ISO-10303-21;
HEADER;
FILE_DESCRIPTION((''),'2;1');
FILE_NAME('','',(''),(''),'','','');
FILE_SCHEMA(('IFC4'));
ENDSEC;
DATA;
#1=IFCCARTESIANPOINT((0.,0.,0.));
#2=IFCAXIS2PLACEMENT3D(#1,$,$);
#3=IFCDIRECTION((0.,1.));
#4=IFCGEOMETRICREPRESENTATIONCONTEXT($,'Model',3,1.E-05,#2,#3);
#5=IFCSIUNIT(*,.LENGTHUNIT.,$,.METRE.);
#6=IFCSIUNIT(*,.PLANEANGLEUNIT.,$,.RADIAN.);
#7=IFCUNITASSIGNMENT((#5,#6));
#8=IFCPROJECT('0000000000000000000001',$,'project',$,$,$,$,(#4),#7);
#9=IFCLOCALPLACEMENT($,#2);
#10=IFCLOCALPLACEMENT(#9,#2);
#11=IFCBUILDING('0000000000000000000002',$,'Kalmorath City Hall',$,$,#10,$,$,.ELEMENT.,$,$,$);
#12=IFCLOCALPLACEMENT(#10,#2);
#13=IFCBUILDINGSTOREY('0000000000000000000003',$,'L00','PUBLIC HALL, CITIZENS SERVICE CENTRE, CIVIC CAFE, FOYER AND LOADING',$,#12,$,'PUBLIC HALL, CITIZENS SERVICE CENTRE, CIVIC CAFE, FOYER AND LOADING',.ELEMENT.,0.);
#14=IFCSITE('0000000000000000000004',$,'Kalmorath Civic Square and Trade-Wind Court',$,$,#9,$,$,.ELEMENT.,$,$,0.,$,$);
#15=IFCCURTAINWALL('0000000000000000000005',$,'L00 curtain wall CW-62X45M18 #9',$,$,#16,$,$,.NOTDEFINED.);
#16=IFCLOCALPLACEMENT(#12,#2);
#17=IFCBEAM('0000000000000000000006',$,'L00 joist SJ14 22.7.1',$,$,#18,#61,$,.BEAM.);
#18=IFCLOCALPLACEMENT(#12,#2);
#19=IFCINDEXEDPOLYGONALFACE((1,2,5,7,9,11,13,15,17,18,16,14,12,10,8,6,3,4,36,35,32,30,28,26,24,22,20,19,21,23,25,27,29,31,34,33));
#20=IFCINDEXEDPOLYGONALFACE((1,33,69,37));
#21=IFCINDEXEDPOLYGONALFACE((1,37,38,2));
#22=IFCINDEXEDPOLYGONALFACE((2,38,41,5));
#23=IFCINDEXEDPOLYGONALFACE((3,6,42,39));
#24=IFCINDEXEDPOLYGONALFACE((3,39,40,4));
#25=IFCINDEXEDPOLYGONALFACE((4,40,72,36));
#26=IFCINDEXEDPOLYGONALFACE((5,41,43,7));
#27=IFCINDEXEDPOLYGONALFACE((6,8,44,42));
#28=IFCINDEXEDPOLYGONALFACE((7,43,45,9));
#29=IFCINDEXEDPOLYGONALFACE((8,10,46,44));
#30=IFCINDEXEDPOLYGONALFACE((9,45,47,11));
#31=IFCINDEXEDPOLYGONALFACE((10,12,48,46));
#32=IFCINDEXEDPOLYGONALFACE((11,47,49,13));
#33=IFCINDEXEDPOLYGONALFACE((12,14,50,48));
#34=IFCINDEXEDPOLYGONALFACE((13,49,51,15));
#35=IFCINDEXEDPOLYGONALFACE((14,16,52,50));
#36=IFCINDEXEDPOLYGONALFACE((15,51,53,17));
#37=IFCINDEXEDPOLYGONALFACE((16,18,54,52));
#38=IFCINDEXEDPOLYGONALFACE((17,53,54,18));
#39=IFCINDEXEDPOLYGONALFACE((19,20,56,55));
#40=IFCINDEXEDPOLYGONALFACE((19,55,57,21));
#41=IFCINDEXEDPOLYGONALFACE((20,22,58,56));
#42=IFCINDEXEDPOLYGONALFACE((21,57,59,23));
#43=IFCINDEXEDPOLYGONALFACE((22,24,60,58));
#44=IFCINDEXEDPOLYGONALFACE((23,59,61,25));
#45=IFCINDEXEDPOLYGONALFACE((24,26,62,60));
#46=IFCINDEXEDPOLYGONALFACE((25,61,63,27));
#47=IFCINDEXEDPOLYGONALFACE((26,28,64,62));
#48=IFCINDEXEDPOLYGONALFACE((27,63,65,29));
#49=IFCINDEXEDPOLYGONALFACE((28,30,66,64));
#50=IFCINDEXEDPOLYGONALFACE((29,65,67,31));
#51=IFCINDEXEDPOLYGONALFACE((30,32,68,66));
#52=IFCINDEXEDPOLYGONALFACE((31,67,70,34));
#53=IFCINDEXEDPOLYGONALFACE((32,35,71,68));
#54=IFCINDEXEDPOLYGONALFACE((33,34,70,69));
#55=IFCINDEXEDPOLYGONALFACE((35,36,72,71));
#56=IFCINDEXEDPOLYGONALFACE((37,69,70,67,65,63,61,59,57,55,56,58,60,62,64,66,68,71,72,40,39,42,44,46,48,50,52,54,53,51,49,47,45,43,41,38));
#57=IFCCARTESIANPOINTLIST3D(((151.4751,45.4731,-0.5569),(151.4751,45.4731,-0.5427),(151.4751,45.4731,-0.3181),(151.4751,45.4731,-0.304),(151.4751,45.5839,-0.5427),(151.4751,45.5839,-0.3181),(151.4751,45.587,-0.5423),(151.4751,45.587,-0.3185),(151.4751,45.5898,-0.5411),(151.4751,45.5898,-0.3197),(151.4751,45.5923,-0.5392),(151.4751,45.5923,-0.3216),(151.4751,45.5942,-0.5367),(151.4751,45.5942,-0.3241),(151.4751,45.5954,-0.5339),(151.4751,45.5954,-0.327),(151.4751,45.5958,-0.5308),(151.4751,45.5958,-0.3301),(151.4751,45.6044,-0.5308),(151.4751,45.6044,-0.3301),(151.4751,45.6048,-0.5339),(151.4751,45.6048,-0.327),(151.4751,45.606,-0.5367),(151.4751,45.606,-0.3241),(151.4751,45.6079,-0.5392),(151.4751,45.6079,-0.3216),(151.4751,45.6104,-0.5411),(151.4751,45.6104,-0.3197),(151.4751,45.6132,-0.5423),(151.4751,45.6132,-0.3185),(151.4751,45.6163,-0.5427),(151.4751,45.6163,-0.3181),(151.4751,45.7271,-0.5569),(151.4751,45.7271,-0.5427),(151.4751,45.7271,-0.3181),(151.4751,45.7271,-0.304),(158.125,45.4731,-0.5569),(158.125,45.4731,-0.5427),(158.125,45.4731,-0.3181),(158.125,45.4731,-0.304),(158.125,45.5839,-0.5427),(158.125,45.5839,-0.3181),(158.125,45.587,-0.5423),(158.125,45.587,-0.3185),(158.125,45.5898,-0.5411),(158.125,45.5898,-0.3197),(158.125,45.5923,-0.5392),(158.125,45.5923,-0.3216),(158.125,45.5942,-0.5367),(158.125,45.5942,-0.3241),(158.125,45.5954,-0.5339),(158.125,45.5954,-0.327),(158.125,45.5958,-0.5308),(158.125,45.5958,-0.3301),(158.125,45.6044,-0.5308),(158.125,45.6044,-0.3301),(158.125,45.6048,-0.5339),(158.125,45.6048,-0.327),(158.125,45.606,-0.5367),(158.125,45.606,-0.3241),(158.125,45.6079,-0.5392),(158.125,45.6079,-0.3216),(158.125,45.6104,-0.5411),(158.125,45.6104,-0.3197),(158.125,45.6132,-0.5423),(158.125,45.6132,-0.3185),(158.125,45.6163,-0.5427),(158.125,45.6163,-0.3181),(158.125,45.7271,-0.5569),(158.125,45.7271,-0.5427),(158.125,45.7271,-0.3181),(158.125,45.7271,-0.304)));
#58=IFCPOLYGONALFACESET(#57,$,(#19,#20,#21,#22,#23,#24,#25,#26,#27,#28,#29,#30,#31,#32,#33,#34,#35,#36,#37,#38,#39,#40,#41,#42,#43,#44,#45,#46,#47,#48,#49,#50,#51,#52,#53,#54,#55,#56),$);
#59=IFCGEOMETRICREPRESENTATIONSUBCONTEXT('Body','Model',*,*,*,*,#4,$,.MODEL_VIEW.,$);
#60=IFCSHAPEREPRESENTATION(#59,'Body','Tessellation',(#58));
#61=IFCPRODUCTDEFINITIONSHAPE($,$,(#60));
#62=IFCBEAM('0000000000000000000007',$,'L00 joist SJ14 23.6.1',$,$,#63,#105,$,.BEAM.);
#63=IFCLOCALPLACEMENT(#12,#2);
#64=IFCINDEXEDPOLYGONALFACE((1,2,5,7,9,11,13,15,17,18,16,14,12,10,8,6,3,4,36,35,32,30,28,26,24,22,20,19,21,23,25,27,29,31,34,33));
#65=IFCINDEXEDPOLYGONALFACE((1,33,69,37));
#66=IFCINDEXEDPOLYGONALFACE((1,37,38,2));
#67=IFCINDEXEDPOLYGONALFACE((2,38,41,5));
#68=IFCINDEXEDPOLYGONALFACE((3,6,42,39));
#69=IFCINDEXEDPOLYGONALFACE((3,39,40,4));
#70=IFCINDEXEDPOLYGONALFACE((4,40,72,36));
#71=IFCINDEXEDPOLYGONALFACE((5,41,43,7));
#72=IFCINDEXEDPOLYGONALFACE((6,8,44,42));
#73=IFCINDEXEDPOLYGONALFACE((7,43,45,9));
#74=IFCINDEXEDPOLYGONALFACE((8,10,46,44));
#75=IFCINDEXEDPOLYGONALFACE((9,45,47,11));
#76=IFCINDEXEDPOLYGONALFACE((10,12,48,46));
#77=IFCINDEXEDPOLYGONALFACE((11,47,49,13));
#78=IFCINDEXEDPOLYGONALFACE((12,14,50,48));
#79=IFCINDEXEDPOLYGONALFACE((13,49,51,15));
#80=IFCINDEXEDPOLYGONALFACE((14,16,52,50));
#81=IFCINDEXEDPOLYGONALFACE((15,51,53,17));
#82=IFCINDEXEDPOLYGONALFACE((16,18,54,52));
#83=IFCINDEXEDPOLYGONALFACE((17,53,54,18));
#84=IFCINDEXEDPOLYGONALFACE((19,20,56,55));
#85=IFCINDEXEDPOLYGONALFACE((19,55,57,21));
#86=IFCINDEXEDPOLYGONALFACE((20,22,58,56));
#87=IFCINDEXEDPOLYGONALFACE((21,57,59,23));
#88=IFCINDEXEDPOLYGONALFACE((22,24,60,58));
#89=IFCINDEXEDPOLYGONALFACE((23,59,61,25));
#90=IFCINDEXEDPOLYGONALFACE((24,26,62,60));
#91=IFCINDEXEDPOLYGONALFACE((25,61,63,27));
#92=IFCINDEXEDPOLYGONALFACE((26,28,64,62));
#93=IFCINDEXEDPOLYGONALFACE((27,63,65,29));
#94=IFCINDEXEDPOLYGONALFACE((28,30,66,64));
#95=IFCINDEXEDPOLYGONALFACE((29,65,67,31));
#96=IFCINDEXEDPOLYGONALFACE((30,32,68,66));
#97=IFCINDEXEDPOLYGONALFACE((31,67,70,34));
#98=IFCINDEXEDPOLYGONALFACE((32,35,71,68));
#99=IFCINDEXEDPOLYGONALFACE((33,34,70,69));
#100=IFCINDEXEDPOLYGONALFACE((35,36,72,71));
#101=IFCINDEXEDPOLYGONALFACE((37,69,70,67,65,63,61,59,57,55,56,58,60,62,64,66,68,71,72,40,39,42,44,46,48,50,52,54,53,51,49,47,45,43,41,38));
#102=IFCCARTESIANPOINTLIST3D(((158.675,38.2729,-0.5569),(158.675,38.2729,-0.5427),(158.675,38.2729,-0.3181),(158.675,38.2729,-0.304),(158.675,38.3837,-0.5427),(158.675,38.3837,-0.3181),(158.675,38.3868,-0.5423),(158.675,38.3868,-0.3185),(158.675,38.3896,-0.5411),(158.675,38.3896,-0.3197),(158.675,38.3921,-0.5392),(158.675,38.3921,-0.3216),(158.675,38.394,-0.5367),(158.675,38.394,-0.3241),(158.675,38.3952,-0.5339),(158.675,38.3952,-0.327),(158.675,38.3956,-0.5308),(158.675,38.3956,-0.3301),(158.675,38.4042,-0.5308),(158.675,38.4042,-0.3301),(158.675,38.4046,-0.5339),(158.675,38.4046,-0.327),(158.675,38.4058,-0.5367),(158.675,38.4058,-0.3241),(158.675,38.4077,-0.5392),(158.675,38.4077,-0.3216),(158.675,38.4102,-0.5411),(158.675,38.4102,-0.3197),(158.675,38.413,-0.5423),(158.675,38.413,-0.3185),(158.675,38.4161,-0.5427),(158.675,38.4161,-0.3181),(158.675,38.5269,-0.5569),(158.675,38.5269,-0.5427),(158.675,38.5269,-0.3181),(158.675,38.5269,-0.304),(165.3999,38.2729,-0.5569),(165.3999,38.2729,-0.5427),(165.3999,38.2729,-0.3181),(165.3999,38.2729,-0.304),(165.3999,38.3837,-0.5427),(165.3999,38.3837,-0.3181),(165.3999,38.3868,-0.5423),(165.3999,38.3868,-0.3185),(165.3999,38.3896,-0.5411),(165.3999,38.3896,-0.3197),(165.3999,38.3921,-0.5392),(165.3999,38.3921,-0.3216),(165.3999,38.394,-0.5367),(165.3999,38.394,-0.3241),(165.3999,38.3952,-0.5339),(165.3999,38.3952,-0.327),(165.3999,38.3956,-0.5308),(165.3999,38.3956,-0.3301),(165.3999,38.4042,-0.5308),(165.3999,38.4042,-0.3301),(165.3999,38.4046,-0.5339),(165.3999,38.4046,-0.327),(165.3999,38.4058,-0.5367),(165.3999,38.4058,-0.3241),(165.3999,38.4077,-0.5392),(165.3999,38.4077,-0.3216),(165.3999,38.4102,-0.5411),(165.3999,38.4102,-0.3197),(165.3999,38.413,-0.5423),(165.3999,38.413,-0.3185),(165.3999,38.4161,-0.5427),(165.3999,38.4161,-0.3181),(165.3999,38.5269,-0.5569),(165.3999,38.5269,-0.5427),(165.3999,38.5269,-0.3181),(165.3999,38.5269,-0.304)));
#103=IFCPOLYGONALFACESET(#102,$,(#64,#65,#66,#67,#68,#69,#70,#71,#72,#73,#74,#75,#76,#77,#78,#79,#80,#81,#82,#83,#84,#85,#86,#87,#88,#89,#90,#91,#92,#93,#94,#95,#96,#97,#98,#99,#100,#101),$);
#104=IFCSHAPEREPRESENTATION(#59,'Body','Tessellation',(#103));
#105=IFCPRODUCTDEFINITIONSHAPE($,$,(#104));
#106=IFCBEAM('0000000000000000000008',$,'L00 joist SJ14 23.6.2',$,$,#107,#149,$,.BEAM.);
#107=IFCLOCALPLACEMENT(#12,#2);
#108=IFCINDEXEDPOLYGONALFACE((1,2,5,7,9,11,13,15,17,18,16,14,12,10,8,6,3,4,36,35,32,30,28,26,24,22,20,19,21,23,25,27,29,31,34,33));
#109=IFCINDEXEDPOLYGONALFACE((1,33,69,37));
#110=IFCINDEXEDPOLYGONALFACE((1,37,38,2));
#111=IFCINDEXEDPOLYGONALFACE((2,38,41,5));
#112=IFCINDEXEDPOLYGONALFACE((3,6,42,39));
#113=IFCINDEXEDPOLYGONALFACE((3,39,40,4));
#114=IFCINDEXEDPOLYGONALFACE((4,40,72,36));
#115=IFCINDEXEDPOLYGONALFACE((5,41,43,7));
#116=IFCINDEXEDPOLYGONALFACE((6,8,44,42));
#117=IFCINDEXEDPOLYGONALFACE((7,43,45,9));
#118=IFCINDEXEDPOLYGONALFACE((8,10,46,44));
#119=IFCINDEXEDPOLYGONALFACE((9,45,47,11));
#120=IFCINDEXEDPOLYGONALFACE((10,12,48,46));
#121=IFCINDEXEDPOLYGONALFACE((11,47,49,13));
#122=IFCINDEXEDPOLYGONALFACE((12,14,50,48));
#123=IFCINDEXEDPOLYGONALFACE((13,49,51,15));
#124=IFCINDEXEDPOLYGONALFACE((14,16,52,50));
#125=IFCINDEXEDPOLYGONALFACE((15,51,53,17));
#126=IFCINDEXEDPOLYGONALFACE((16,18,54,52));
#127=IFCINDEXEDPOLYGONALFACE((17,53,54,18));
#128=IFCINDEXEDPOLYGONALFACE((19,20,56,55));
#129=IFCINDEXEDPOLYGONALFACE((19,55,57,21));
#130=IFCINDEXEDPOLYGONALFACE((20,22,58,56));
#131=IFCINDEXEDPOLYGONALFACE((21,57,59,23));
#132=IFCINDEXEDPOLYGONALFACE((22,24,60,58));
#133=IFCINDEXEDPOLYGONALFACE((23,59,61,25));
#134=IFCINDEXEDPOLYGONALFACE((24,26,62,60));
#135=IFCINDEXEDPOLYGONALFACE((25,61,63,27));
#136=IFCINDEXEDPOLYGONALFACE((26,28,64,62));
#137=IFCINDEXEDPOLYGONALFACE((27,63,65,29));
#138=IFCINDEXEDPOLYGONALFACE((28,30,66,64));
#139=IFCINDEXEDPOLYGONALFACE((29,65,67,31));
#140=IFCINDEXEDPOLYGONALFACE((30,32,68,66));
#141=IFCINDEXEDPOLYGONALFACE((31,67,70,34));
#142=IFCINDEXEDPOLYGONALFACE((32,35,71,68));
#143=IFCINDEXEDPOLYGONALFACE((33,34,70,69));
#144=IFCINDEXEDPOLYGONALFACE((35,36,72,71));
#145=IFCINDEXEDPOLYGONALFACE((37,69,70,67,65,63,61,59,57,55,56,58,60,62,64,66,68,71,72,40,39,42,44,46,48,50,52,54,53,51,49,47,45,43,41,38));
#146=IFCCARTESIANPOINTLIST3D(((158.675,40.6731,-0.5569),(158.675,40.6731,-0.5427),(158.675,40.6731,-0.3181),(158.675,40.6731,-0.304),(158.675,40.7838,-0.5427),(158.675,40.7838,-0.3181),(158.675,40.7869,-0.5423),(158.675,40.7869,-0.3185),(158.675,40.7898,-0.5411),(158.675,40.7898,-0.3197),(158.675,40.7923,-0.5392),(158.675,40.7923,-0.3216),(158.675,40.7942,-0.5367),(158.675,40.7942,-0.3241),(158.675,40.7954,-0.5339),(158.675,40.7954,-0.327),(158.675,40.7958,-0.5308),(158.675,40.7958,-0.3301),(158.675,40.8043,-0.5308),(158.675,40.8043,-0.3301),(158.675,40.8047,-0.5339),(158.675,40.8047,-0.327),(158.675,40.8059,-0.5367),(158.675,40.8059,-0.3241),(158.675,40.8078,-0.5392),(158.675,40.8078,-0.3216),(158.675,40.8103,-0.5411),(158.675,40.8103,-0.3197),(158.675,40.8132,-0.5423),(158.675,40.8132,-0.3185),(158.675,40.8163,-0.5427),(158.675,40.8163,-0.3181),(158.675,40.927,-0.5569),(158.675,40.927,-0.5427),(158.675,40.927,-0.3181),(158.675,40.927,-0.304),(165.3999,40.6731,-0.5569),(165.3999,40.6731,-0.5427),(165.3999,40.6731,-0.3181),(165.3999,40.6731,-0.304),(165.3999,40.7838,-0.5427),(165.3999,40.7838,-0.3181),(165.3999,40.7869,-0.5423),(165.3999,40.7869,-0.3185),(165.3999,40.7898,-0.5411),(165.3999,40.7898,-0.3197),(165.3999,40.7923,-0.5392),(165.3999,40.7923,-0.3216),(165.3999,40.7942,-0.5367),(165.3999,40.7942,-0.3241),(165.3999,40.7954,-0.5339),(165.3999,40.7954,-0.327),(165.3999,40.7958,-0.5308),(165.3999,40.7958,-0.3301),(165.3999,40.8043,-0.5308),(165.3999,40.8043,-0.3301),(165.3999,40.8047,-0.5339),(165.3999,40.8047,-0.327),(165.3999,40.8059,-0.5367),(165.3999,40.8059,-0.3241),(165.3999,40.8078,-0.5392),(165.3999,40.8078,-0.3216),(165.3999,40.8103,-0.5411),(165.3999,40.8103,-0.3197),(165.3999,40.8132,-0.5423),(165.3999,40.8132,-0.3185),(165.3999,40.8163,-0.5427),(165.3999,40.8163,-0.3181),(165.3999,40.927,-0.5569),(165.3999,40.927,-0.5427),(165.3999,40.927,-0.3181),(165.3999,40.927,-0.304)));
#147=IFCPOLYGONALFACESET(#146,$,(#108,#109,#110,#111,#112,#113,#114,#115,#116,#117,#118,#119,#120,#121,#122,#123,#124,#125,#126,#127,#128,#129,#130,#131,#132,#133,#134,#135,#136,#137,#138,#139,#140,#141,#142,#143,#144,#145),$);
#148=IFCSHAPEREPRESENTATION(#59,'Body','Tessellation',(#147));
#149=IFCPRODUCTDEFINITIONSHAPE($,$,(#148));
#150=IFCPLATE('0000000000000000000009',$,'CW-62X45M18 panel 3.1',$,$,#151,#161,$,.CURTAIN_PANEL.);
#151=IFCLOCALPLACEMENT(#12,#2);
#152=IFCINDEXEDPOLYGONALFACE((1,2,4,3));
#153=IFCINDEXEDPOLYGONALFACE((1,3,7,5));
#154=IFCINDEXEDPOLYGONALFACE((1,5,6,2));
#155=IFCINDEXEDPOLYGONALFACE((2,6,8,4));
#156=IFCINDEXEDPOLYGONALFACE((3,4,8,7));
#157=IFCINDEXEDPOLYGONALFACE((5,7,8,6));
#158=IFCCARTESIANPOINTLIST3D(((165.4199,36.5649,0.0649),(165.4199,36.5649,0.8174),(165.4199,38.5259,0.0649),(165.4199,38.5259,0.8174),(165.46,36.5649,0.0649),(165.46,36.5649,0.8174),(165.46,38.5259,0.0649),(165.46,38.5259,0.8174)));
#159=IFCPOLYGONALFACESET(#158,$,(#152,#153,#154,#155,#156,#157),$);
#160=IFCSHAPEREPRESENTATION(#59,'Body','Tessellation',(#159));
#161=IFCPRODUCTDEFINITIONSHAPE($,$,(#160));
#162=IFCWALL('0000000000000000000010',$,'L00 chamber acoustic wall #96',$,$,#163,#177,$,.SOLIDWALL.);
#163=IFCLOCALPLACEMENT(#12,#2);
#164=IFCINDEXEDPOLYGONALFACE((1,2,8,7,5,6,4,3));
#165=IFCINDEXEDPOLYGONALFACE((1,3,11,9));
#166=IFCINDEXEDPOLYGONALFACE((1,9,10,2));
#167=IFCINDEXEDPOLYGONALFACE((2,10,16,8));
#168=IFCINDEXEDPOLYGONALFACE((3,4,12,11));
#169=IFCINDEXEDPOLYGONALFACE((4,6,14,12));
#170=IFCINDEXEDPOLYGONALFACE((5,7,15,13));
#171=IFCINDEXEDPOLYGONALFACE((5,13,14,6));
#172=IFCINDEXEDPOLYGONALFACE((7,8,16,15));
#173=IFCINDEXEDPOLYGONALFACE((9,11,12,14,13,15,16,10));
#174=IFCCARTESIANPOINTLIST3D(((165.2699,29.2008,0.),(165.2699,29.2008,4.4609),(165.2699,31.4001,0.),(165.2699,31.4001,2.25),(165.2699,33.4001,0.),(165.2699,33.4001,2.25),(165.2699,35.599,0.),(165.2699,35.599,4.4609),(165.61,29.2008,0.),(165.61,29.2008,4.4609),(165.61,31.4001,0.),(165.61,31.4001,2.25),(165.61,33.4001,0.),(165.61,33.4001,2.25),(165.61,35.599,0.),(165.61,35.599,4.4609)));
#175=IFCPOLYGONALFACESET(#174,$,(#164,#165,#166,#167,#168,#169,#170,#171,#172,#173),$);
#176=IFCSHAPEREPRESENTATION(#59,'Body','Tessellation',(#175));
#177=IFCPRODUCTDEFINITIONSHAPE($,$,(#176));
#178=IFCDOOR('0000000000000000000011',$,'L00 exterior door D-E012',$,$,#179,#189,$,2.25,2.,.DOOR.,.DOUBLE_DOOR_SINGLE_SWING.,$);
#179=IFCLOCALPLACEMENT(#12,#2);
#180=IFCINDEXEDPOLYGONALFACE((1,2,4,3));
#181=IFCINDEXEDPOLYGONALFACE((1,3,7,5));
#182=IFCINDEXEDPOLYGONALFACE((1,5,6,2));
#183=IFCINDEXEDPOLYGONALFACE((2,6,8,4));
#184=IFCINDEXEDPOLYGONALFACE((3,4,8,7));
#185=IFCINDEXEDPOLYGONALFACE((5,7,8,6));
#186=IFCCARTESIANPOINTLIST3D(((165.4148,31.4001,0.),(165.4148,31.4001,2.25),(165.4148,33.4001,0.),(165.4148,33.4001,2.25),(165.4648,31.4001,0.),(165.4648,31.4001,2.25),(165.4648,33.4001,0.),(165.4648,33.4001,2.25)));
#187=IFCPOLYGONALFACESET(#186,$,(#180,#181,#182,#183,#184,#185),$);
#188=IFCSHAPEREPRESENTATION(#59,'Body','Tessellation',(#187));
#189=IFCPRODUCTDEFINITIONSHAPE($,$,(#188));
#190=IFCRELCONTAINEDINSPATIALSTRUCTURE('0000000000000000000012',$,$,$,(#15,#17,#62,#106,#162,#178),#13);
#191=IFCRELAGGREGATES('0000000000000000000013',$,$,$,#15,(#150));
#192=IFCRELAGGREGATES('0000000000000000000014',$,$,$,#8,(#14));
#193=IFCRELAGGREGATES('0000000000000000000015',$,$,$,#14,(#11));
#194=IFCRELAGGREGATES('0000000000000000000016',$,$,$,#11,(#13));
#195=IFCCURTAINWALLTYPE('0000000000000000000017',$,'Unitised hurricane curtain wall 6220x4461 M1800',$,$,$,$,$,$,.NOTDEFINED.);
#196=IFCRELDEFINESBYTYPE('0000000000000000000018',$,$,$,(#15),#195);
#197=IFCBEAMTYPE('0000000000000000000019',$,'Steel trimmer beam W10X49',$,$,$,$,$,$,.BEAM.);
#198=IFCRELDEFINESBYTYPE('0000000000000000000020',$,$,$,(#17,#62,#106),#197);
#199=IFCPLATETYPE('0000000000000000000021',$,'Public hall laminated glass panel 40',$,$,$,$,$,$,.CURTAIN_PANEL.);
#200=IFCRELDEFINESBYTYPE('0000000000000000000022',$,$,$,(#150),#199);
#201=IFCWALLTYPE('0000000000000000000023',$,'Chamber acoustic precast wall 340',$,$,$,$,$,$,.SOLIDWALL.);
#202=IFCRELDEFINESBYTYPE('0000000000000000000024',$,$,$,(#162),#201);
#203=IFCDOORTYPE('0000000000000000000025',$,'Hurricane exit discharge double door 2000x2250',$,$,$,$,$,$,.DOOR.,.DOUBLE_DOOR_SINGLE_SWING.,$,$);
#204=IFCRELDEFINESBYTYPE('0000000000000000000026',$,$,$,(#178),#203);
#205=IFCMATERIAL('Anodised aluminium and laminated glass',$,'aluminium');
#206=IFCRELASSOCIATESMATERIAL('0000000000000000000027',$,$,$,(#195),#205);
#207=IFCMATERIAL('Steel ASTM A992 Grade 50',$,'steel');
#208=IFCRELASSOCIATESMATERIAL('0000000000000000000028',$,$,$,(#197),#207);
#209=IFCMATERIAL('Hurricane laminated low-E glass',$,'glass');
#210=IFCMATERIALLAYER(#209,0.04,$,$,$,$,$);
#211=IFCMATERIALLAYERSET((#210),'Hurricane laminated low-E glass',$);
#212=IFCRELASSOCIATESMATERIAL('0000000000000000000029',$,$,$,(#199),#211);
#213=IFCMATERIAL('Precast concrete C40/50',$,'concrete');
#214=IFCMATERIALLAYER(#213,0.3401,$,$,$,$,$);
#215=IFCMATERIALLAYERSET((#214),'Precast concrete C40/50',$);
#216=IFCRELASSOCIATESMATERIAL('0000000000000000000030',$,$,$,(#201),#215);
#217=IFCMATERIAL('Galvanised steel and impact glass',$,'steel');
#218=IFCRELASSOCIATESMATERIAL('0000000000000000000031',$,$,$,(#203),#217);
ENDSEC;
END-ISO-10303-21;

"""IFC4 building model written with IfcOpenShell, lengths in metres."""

from ifc_helpers import new_model, si_unit, direction, frame, frame_2d, origin, origin_2d, place, context, subcontext, project, spatial, rectangle, i_section, extrude, material, layer, layer_set, material_profile, profile_set, type_object, element, fill, aggregate, save


model = new_model("IFC4")

# Units and contexts
model_context = context("Model", 3, precision=1e-05, world=origin(), true_north=direction((0.0, 1.0)))
body_context = subcontext(model_context, "Body", "Model", "MODEL_VIEW")
ifc_project = project(units=[si_unit("LENGTHUNIT", "METRE"), si_unit("PLANEANGLEUNIT", "RADIAN")], contexts=[model_context])

# Site, building, storey
site_placement = place(None, origin())
site = spatial("IfcSite", under=ifc_project, at=site_placement, Name="Kalmorath Civic Square and Trade-Wind Court", CompositionType="ELEMENT", RefElevation=0.0)
building_placement = place(site_placement, origin())
building = spatial("IfcBuilding", under=site, at=building_placement, Name="Kalmorath City Hall", CompositionType="ELEMENT")
storey_placement = place(building_placement, origin())
storey = spatial("IfcBuildingStorey", under=building, at=storey_placement, Name="L00", Description="PUBLIC HALL, CITIZENS SERVICE CENTRE, CIVIC CAFE, FOYER AND LOADING", LongName="PUBLIC HALL, CITIZENS SERVICE CENTRE, CIVIC CAFE, FOYER AND LOADING", CompositionType="ELEMENT", Elevation=0.0)

# Curtain wall
ifc_material_1 = material(Name="Anodised aluminium and laminated glass", Category="aluminium")
curtain_wall_type = type_object("IfcCurtainWallType", Name="Unitised hurricane curtain wall 6220x4461 M1800", PredefinedType="NOTDEFINED", material=ifc_material_1)
curtain_wall_placement = place(storey_placement, origin())
curtain_wall = element("IfcCurtainWall", 1, at=curtain_wall_placement, inside=storey, type_object=curtain_wall_type, Name="L00 curtain wall CW-62X45M18 #9", PredefinedType="NOTDEFINED")

# Beams
ifc_material_2 = material(Name="Steel ASTM A992 Grade 50", Category="steel")
ifc_material_profile_1 = material_profile(ifc_material_2, i_section(OverallWidth=0.2539, OverallDepth=0.2529, WebThickness=0.0085, FlangeThickness=0.0142, FilletRadius=0.012, at=origin_2d()), Name="W10X49")
ifc_profile_set_1 = profile_set([ifc_material_profile_1], Name="Steel ASTM A992 Grade 50")
beam_type_1 = type_object("IfcBeamType", Name="Steel trimmer beam W10X49", PredefinedType="BEAM", material=ifc_profile_set_1)
beam_1_placement = place(storey_placement, frame((151.4751, 45.6001, -0.4304), z_axis=(1.0, 0.0, 0.0), x_axis=(0.0, 1.0, 0.0)))
element("IfcBeam", 2, at=beam_1_placement, inside=storey, type_object=beam_type_1, Name="L00 joist SJ14 22.7.1", PredefinedType="BEAM", context=body_context, shape_type="SweptSolid", body=[
    extrude(i_section(OverallWidth=0.2539, OverallDepth=0.2529, WebThickness=0.0085, FlangeThickness=0.0142, FilletRadius=0.012, at=origin_2d()), origin(), (0.0, 0.0, 1.0), 6.6499),
])
for number, where, z_axis, x_axis, name in (
    (3, (158.675, 38.3999, -0.4304), (1.0, 0.0, 0.0), (0.0, 1.0, 0.0), "L00 joist SJ14 23.6.1"),
    (4, (158.675, 40.8, -0.4304), (1.0, 0.0, 0.0), (0.0, 1.0, 0.0), "L00 joist SJ14 23.6.2"),
):
    element("IfcBeam", number, at=place(storey_placement, frame(where, z_axis=z_axis, x_axis=x_axis)), inside=storey, type_object=beam_type_1, Name=name, PredefinedType="BEAM", context=body_context, shape_type="SweptSolid", body=[
        extrude(i_section(OverallWidth=0.2539, OverallDepth=0.2529, WebThickness=0.0085, FlangeThickness=0.0142, FilletRadius=0.012, at=origin_2d()), origin(), (0.0, 0.0, 1.0), 6.7249),
    ])

# Plate
ifc_material_3 = material(Name="Hurricane laminated low-E glass", Category="glass")
ifc_layer_1 = layer(ifc_material_3, 0.04)
ifc_layer_set_1 = layer_set([ifc_layer_1], Name="Hurricane laminated low-E glass")
plate_type = type_object("IfcPlateType", Name="Public hall laminated glass panel 40", PredefinedType="CURTAIN_PANEL", material=ifc_layer_set_1)
plate_placement = place(storey_placement, frame((165.4399, 37.5454, 0.0649), z_axis=(0.0, 0.0, 1.0), x_axis=(0.0, -1.0, 0.0)))
plate = element("IfcPlate", 5, at=plate_placement, type_object=plate_type, Name="CW-62X45M18 panel 3.1", PredefinedType="CURTAIN_PANEL", context=body_context, shape_type="SweptSolid", body=[
    extrude(rectangle(XDim=1.9609, YDim=0.04, at=origin_2d()), origin(), (0.0, 0.0, 1.0), 0.7524),
])
aggregate(curtain_wall, [plate])

# Wall, opening, door
ifc_material_4 = material(Name="Precast concrete C40/50", Category="concrete")
ifc_layer_2 = layer(ifc_material_4, 0.3401)
ifc_layer_set_2 = layer_set([ifc_layer_2], Name="Precast concrete C40/50")
wall_type = type_object("IfcWallType", Name="Chamber acoustic precast wall 340", PredefinedType="SOLIDWALL", material=ifc_layer_set_2)
wall_placement = place(storey_placement, frame((165.4399, 35.5991, 0.0), z_axis=(0.0, 0.0, 1.0), x_axis=(0.0, -1.0, 0.0)))
wall = element("IfcWall", 6, at=wall_placement, inside=storey, type_object=wall_type, Name="L00 chamber acoustic wall #96", PredefinedType="SOLIDWALL", context=body_context, shape_type="SweptSolid", body=[
    extrude(rectangle(XDim=6.3982, YDim=0.3401, at=frame_2d((3.1992, 0.0))), origin(), (0.0, 0.0, 1.0), 4.4609),
])
opening_placement = place(wall_placement, frame((2.199, 0.0, 0.0)))
opening = element("IfcOpeningElement", 7, at=opening_placement, cuts=wall, PredefinedType="OPENING", context=body_context, shape_type="SweptSolid", body=[
    extrude(rectangle(XDim=2.0, YDim=2.25, at=frame_2d((1.0, 1.125))), frame((0.0, 0.1799, 0.0), z_axis=(0.0, -1.0, 0.0), x_axis=(1.0, 0.0, 0.0)), (0.0, 0.0, 1.0), 0.3601),
])
ifc_material_5 = material(Name="Galvanised steel and impact glass", Category="steel")
door_type = type_object("IfcDoorType", Name="Hurricane exit discharge double door 2000x2250", OperationType="DOUBLE_DOOR_SINGLE_SWING", PredefinedType="DOOR", material=ifc_material_5)
door_placement = place(opening_placement, origin())
door = element("IfcDoor", 8, at=door_placement, inside=storey, type_object=door_type, Name="L00 exterior door D-E012", OperationType="DOUBLE_DOOR_SINGLE_SWING", OverallHeight=2.25, OverallWidth=2.0, PredefinedType="DOOR", context=body_context, shape_type="SweptSolid", body=[
    extrude(rectangle(XDim=2.0, YDim=2.25, at=frame_2d((1.0, 1.125))), frame((0.0, 0.0249, 0.0), z_axis=(0.0, -1.0, 0.0), x_axis=(1.0, 0.0, 0.0)), (0.0, 0.0, 1.0), 0.05),
])
fill(opening, door)

save(model, "model.ifc")
